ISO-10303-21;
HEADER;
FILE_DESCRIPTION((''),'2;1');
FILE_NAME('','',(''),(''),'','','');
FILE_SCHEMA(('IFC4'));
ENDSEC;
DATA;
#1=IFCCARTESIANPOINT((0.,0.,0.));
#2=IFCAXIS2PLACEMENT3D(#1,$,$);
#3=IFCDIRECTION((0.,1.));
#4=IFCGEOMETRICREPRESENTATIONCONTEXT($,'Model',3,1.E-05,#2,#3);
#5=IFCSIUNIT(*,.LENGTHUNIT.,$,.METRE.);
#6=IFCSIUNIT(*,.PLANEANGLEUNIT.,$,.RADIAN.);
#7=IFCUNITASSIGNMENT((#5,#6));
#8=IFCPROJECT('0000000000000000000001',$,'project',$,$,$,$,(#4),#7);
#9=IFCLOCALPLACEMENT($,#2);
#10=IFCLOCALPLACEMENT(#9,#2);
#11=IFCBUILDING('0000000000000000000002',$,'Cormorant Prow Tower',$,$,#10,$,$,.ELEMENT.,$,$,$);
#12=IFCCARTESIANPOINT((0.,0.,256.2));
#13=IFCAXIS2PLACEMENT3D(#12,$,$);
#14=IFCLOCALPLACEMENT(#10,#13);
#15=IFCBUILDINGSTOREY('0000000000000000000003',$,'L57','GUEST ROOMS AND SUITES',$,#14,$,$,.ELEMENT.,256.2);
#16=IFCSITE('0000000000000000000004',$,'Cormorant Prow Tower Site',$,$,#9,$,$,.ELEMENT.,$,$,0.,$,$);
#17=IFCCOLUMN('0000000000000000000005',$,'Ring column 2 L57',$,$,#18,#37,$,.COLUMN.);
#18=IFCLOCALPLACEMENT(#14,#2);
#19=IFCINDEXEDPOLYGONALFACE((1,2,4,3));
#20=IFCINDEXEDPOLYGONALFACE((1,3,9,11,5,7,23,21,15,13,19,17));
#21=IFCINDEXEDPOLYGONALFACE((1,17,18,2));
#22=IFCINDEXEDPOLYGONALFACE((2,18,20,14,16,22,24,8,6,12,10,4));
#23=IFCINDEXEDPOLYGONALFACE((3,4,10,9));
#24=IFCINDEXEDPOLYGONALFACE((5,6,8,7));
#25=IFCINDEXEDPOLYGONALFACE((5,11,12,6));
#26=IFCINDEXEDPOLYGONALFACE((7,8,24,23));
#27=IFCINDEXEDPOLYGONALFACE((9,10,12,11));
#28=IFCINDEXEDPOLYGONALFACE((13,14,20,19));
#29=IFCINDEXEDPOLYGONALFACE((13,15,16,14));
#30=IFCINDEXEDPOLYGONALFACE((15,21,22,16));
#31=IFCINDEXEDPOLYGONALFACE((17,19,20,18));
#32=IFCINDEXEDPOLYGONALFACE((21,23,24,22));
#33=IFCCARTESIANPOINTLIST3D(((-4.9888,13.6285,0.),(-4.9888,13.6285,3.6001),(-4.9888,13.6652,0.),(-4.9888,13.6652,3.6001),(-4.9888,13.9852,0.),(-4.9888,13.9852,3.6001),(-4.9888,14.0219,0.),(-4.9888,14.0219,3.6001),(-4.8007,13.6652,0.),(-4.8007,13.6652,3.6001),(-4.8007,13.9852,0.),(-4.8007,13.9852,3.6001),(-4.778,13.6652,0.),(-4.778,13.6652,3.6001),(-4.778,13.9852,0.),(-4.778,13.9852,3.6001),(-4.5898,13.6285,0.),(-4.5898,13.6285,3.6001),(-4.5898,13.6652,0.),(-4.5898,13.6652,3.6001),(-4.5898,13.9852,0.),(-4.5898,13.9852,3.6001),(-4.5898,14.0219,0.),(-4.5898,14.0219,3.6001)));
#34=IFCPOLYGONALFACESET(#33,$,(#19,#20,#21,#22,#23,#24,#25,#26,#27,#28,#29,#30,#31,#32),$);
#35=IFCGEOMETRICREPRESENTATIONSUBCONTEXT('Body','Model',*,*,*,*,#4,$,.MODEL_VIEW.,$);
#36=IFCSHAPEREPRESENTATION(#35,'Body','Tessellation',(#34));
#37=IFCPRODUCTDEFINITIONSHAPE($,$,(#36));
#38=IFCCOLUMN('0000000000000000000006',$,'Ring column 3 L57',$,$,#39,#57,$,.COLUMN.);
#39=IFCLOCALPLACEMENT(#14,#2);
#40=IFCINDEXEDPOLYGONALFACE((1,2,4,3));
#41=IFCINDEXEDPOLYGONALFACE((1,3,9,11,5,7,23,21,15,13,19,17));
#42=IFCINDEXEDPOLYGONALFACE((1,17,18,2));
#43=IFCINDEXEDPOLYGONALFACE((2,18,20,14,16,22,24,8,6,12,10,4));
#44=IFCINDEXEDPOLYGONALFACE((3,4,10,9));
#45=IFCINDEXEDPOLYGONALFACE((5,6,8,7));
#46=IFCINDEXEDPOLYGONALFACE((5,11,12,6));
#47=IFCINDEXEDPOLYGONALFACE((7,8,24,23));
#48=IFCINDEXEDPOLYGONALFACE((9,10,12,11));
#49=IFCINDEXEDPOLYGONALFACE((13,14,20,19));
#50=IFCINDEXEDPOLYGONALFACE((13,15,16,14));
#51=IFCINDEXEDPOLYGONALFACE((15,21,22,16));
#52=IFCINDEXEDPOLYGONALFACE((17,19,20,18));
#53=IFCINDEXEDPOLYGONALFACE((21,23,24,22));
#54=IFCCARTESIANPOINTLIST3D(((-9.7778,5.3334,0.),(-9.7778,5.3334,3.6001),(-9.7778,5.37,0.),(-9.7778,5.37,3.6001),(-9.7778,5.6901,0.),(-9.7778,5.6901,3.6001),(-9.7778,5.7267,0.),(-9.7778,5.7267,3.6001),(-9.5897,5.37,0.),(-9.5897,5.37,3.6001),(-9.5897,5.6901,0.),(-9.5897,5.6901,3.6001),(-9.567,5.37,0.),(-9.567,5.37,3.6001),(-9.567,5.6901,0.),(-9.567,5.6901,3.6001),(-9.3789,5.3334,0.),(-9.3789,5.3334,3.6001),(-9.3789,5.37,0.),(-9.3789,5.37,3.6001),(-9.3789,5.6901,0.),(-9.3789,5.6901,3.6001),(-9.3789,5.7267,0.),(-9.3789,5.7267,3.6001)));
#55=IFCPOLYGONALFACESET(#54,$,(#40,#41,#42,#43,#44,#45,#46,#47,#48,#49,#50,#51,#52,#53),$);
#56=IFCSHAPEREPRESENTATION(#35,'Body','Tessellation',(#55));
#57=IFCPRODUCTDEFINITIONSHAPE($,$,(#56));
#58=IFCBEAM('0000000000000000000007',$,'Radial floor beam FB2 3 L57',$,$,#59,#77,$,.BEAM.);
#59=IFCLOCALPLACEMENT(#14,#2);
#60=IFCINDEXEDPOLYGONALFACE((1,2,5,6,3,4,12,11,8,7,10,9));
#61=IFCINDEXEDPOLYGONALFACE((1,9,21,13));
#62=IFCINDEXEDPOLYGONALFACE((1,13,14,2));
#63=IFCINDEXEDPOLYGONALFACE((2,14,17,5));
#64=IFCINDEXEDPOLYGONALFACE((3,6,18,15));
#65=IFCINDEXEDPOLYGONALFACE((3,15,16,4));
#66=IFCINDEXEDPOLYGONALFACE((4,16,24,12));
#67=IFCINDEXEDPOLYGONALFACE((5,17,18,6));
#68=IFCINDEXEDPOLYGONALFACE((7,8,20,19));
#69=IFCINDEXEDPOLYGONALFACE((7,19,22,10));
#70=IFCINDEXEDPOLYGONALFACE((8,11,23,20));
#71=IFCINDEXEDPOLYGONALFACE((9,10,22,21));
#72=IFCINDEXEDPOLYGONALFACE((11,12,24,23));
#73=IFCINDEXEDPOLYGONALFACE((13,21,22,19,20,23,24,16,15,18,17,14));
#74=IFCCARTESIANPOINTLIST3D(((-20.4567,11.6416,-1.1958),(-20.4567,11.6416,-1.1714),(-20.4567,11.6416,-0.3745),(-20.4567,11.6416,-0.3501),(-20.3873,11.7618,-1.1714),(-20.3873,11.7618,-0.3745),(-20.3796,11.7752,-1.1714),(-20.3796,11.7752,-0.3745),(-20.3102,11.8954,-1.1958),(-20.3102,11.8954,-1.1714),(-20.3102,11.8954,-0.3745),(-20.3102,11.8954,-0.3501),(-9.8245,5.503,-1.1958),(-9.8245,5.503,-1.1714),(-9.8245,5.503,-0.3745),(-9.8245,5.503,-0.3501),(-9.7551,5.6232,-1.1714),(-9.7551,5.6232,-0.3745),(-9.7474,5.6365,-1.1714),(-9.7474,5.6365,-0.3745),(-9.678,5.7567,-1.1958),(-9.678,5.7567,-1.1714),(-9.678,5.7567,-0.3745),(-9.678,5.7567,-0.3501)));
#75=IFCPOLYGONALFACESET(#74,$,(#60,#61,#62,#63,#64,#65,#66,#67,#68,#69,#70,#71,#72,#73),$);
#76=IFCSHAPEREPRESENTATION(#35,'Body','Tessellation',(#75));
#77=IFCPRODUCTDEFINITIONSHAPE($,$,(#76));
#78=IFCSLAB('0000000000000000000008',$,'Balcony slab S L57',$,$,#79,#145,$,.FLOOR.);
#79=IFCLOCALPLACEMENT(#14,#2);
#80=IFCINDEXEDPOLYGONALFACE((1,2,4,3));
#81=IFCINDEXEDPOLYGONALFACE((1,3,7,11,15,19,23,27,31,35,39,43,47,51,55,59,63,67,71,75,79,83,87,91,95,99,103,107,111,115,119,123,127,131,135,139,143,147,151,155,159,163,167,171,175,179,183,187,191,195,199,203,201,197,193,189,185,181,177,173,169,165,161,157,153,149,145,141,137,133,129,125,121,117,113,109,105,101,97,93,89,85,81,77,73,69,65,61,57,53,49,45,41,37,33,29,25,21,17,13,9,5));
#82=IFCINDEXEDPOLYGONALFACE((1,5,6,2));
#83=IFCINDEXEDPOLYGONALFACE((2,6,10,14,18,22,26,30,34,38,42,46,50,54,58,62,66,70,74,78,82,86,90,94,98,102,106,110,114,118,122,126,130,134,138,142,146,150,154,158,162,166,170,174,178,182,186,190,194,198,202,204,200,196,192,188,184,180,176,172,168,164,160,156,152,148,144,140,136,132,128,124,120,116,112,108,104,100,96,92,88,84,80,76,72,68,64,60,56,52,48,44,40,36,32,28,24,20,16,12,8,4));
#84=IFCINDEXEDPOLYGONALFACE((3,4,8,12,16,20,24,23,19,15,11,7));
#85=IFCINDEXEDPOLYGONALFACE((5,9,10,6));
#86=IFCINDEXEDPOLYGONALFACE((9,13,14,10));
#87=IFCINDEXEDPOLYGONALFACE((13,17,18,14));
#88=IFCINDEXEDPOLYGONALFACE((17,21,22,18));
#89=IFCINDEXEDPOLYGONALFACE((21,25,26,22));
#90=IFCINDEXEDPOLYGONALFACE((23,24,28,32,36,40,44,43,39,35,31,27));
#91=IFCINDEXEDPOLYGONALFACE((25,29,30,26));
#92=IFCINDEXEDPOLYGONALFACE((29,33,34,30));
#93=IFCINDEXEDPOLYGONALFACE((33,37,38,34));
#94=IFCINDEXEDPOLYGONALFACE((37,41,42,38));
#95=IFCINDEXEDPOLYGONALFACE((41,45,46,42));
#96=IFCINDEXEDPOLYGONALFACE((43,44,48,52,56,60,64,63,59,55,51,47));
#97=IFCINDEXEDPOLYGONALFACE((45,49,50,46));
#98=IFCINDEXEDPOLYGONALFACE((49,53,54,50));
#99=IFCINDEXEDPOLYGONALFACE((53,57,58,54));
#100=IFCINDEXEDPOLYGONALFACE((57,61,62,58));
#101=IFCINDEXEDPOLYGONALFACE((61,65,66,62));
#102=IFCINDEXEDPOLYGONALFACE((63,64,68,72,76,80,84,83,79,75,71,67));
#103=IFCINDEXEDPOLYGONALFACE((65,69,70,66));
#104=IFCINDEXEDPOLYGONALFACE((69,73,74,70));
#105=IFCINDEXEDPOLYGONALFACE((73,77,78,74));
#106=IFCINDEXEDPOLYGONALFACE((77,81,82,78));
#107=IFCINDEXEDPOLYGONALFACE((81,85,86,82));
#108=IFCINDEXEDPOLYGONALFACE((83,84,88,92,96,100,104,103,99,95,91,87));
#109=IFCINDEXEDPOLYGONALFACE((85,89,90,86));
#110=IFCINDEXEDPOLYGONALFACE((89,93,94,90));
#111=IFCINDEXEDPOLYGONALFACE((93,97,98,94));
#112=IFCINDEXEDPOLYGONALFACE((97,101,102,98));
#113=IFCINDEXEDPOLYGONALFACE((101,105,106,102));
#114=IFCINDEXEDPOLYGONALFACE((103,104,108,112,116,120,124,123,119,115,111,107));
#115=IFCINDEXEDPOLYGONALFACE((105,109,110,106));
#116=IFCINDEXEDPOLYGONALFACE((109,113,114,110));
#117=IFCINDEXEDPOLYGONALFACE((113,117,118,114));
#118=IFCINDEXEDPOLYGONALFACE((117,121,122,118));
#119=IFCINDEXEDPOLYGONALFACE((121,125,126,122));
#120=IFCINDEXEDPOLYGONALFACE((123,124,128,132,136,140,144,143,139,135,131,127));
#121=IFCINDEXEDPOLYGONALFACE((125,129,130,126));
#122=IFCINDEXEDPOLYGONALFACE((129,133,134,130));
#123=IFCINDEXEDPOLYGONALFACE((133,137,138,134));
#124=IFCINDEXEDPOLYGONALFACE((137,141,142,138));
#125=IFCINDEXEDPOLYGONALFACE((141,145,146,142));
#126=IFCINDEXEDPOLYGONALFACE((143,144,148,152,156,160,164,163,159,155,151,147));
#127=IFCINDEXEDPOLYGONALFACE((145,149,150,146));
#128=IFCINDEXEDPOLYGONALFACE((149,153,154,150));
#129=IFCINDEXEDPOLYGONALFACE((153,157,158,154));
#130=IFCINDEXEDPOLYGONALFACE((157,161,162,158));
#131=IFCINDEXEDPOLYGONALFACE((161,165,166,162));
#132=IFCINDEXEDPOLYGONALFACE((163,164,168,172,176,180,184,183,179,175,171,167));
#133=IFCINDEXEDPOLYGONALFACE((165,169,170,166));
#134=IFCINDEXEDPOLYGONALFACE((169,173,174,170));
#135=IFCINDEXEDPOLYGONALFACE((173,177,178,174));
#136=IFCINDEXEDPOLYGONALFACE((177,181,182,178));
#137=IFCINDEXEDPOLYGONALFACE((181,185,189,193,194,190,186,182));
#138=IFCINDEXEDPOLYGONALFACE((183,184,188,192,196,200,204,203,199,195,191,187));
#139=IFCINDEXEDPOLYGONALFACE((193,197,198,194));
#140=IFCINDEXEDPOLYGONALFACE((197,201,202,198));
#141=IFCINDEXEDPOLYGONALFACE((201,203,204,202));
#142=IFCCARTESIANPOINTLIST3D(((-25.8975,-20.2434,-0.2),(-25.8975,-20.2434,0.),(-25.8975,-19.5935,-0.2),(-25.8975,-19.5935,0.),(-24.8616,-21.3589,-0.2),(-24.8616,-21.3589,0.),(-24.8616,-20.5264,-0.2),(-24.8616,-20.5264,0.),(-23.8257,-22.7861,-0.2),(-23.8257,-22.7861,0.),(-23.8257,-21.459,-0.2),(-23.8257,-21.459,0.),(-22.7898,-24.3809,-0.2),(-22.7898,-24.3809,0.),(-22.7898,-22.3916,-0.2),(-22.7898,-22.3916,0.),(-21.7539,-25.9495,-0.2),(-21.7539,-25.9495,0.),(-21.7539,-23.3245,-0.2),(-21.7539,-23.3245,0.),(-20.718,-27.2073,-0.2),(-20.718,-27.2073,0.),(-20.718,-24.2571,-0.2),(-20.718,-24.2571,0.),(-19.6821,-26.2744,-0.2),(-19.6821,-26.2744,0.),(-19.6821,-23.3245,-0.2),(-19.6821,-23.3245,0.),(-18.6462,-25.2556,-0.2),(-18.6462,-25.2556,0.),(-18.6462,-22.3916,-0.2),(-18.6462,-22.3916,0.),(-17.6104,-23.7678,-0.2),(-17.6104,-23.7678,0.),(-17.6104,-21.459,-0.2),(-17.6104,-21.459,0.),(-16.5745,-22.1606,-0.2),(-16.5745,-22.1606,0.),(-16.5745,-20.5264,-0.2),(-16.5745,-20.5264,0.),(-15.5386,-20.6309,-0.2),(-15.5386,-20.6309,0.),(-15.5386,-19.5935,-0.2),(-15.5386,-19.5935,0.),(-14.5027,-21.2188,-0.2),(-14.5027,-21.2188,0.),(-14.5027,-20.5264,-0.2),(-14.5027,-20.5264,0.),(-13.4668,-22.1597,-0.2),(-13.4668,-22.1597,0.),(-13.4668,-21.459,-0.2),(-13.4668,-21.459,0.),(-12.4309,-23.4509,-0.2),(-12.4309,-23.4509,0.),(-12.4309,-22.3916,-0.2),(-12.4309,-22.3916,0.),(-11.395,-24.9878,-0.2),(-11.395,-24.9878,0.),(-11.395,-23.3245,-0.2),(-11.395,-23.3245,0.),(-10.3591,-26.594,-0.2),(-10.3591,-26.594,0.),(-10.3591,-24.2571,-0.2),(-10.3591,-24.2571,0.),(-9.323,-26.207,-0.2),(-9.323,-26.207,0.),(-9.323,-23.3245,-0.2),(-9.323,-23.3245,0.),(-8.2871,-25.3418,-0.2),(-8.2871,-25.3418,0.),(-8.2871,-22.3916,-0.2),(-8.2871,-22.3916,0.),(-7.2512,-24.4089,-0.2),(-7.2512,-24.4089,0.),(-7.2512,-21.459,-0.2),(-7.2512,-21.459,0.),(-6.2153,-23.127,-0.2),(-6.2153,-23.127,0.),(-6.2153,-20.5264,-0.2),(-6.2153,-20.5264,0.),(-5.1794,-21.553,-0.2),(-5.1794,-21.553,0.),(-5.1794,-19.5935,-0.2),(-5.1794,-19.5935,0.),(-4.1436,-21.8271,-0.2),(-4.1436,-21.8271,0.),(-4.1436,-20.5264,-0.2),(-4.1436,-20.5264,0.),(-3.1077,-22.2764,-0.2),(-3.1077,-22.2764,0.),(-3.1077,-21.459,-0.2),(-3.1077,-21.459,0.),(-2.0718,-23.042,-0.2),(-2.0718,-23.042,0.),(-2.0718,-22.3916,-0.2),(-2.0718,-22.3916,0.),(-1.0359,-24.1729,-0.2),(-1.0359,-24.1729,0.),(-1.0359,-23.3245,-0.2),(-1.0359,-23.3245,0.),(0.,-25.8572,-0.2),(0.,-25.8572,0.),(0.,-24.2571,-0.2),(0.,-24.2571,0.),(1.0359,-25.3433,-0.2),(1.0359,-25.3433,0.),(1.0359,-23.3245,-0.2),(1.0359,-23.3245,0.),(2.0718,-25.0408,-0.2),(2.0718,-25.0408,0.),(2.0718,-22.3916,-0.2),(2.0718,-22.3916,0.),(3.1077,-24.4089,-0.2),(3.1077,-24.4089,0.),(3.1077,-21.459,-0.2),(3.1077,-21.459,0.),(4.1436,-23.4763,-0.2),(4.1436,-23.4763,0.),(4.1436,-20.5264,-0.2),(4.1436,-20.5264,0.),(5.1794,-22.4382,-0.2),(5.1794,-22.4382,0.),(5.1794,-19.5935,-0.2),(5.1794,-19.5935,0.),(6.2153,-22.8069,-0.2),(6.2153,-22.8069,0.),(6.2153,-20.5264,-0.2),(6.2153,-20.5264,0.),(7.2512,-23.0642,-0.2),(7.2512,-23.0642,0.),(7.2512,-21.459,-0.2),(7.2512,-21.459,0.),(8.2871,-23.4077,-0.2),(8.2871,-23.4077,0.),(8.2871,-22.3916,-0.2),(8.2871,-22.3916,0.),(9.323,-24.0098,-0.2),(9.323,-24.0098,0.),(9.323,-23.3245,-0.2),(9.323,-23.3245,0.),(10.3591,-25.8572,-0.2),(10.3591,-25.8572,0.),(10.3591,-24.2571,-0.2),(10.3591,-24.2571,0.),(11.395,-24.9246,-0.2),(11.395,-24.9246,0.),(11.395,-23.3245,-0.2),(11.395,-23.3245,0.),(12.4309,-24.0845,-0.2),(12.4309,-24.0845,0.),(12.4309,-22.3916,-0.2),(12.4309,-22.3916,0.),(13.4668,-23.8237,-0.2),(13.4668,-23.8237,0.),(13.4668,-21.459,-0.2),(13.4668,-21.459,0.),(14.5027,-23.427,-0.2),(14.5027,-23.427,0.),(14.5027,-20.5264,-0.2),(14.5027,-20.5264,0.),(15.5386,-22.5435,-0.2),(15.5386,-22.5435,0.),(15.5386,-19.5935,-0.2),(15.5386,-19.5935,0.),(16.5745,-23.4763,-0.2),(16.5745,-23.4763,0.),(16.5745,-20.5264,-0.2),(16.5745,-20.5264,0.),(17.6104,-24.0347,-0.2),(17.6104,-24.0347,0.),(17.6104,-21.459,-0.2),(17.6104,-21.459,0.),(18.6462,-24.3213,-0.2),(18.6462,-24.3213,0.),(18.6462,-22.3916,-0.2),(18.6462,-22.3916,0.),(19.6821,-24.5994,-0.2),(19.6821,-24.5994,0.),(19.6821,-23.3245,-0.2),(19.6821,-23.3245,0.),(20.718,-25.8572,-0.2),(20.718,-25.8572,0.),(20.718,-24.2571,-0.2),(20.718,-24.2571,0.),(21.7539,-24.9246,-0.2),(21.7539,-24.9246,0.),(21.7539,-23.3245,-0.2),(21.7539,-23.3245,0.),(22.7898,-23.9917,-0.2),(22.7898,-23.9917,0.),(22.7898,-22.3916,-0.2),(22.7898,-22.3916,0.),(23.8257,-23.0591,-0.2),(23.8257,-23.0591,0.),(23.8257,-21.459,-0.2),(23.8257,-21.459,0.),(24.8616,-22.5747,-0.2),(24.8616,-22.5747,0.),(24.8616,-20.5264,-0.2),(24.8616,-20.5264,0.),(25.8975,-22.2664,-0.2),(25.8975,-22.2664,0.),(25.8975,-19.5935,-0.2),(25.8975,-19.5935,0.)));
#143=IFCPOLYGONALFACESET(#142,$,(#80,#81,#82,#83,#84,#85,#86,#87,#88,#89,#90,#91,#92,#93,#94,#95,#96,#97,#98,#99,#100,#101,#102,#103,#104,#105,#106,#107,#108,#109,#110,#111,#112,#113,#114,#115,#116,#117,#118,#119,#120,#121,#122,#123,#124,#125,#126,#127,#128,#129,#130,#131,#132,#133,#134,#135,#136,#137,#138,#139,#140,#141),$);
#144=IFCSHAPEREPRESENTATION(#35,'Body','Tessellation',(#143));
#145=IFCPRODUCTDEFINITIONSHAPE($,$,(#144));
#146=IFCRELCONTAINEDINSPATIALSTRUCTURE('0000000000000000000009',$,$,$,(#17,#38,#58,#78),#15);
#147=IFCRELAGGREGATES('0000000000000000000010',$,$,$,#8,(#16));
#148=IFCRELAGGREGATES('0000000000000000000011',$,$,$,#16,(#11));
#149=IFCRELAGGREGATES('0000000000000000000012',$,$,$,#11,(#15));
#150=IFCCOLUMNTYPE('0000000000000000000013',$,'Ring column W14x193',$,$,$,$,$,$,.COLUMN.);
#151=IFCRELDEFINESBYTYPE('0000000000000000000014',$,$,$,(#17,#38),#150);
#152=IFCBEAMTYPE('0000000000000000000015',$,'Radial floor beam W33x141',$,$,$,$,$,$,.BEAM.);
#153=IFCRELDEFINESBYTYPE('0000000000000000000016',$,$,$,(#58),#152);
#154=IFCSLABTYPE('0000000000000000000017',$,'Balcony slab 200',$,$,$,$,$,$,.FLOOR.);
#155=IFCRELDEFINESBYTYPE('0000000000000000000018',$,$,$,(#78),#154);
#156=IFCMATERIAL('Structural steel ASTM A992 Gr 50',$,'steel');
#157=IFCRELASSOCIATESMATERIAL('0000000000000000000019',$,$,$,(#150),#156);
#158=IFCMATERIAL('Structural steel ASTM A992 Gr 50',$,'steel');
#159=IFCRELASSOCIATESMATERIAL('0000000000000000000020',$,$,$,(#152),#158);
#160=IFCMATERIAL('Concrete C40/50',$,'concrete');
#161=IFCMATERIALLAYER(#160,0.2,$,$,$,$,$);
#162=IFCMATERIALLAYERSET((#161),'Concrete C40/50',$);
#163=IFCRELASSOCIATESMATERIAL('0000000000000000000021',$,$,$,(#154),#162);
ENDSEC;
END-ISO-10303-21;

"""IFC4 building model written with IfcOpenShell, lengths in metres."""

from ifc_helpers import new_model, si_unit, direction, frame, origin, origin_2d, place, context, subcontext, project, spatial, polyline, i_section, outline, extrude, material, layer, layer_set, material_profile, profile_set, type_object, element, save


model = new_model("IFC4")

# Units and contexts
model_context = context("Model", 3, precision=1e-05, world=origin(), true_north=direction((0.0, 1.0)))
body_context = subcontext(model_context, "Body", "Model", "MODEL_VIEW")
ifc_project = project(units=[si_unit("LENGTHUNIT", "METRE"), si_unit("PLANEANGLEUNIT", "RADIAN")], contexts=[model_context])

# Site, building, storey
site_placement = place(None, origin())
site = spatial("IfcSite", under=ifc_project, at=site_placement, Name="Cormorant Prow Tower Site", CompositionType="ELEMENT", RefElevation=0.0)
building_placement = place(site_placement, origin())
building = spatial("IfcBuilding", under=site, at=building_placement, Name="Cormorant Prow Tower", CompositionType="ELEMENT")
storey_placement = place(building_placement, frame((0.0, 0.0, 256.2)))
storey = spatial("IfcBuildingStorey", under=building, at=storey_placement, Name="L57", Description="GUEST ROOMS AND SUITES", CompositionType="ELEMENT", Elevation=256.2)

# Columns
ifc_material_1 = material(Name="Structural steel ASTM A992 Gr 50", Category="steel")
ifc_material_profile_1 = material_profile(ifc_material_1, i_section(OverallWidth=0.3989, OverallDepth=0.3933, WebThickness=0.0227, FlangeThickness=0.0366, at=origin_2d()), Name="W14x193")
ifc_profile_set_1 = profile_set([ifc_material_profile_1], Name="Structural steel ASTM A992 Gr 50")
column_type = type_object("IfcColumnType", Name="Ring column W14x193", PredefinedType="COLUMN", material=ifc_profile_set_1)
for number, where, z_axis, x_axis, name in (
    (1, (-4.7893, 13.8252, 0.0), (0.0, 0.0, 1.0), (1.0, 0.0, 0.0), "Ring column 2 L57"),
    (2, (-9.5784, 5.53, 0.0), (0.0, 0.0, 1.0), (1.0, 0.0, 0.0), "Ring column 3 L57"),
):
    element("IfcColumn", number, at=place(storey_placement, frame(where, z_axis=z_axis, x_axis=x_axis)), inside=storey, type_object=column_type, Name=name, PredefinedType="COLUMN", context=body_context, shape_type="SweptSolid", body=[
        extrude(i_section(OverallWidth=0.3989, OverallDepth=0.3933, WebThickness=0.0227, FlangeThickness=0.0366, at=origin_2d()), origin(), (0.0, 0.0, 1.0), 3.6001),
    ])

# Beam
ifc_material_2 = material(Name="Structural steel ASTM A992 Gr 50", Category="steel")
ifc_material_profile_2 = material_profile(ifc_material_2, i_section(OverallWidth=0.293, OverallDepth=0.8457, WebThickness=0.0154, FlangeThickness=0.0244, at=origin_2d()), Name="W33x141")
ifc_profile_set_2 = profile_set([ifc_material_profile_2], Name="Structural steel ASTM A992 Gr 50")
beam_type = type_object("IfcBeamType", Name="Radial floor beam W33x141", PredefinedType="BEAM", material=ifc_profile_set_2)
beam_placement = place(storey_placement, frame((-9.7512, 5.6299, -0.7729), z_axis=(-0.866022, 0.500006, 0.0), x_axis=(-0.500006, -0.866022, 0.0)))
element("IfcBeam", 3, at=beam_placement, inside=storey, type_object=beam_type, Name="Radial floor beam FB2 3 L57", PredefinedType="BEAM", context=body_context, shape_type="SweptSolid", body=[
    extrude(i_section(OverallWidth=0.293, OverallDepth=0.8457, WebThickness=0.0154, FlangeThickness=0.0244, at=origin_2d()), origin(), (0.0, 0.0, 1.0), 12.2771),
])

# Slab
ifc_material_3 = material(Name="Concrete C40/50", Category="concrete")
ifc_layer_1 = layer(ifc_material_3, 0.2)
ifc_layer_set_1 = layer_set([ifc_layer_1], Name="Concrete C40/50")
slab_type_1 = type_object("IfcSlabType", Name="Balcony slab 200", PredefinedType="FLOOR", material=ifc_layer_set_1)
slab_1_placement = place(storey_placement, frame((0.0, 0.0, -0.2)))
element("IfcSlab", 4, at=slab_1_placement, inside=storey, type_object=slab_type_1, Name="Balcony slab S L57", PredefinedType="FLOOR", context=body_context, shape_type="SweptSolid", body=[
    extrude(outline(polyline([(-25.8975, -19.5935), (-25.8975, -20.2434), (-24.8616, -21.3589), (-23.8257, -22.7861), (-22.7898, -24.3809), (-21.7539, -25.9495), (-20.718, -27.2073), (-19.6821, -26.2744), (-18.6462, -25.2556), (-17.6104, -23.7678), (-16.5745, -22.1606), (-15.5386, -20.6309), (-14.5027, -21.2188), (-13.4668, -22.1597), (-12.4309, -23.4509), (-11.395, -24.9878), (-10.3591, -26.594), (-9.323, -26.207), (-8.2871, -25.3418), (-7.2512, -24.4089), (-6.2153, -23.127), (-5.1794, -21.553), (-4.1436, -21.8271), (-3.1077, -22.2764), (-2.0718, -23.042), (-1.0359, -24.1729), (0.0, -25.8572), (1.0359, -25.3433), (2.0718, -25.0408), (3.1077, -24.4089), (4.1436, -23.4763), (5.1794, -22.4382), (6.2153, -22.8069), (7.2512, -23.0642), (8.2871, -23.4077), (9.323, -24.0098), (10.3591, -25.8572), (11.395, -24.9246), (12.4309, -24.0845), (13.4668, -23.8237), (14.5027, -23.427), (15.5386, -22.5435), (16.5745, -23.4763), (17.6104, -24.0347), (18.6462, -24.3213), (19.6821, -24.5994), (20.718, -25.8572), (21.7539, -24.9246), (22.7898, -23.9917), (23.8257, -23.0591), (24.8616, -22.5747), (25.8975, -22.2664), (25.8975, -19.5935), (24.8616, -20.5264), (23.8257, -21.459), (22.7898, -22.3916), (21.7539, -23.3245), (20.718, -24.2571), (19.6821, -23.3245), (18.6462, -22.3916), (17.6104, -21.459), (16.5745, -20.5264), (15.5386, -19.5935), (14.5027, -20.5264), (13.4668, -21.459), (12.4309, -22.3916), (11.395, -23.3245), (10.3591, -24.2571), (9.323, -23.3245), (8.2871, -22.3916), (7.2512, -21.459), (6.2153, -20.5264), (5.1794, -19.5935), (4.1436, -20.5264), (3.1077, -21.459), (2.0718, -22.3916), (1.0359, -23.3245), (0.0, -24.2571), (-1.0359, -23.3245), (-2.0718, -22.3916), (-3.1077, -21.459), (-4.1436, -20.5264), (-5.1794, -19.5935), (-6.2153, -20.5264), (-7.2512, -21.459), (-8.2871, -22.3916), (-9.323, -23.3245), (-10.3591, -24.2571), (-11.395, -23.3245), (-12.4309, -22.3916), (-13.4668, -21.459), (-14.5027, -20.5264), (-15.5386, -19.5935), (-16.5745, -20.5264), (-17.6104, -21.459), (-18.6462, -22.3916), (-19.6821, -23.3245), (-20.718, -24.2571), (-21.7539, -23.3245), (-22.7898, -22.3916), (-23.8257, -21.459), (-24.8616, -20.5264), (-25.8975, -19.5935)])), origin(), (0.0, 0.0, 1.0), 0.2),
])

save(model, "model.ifc")
